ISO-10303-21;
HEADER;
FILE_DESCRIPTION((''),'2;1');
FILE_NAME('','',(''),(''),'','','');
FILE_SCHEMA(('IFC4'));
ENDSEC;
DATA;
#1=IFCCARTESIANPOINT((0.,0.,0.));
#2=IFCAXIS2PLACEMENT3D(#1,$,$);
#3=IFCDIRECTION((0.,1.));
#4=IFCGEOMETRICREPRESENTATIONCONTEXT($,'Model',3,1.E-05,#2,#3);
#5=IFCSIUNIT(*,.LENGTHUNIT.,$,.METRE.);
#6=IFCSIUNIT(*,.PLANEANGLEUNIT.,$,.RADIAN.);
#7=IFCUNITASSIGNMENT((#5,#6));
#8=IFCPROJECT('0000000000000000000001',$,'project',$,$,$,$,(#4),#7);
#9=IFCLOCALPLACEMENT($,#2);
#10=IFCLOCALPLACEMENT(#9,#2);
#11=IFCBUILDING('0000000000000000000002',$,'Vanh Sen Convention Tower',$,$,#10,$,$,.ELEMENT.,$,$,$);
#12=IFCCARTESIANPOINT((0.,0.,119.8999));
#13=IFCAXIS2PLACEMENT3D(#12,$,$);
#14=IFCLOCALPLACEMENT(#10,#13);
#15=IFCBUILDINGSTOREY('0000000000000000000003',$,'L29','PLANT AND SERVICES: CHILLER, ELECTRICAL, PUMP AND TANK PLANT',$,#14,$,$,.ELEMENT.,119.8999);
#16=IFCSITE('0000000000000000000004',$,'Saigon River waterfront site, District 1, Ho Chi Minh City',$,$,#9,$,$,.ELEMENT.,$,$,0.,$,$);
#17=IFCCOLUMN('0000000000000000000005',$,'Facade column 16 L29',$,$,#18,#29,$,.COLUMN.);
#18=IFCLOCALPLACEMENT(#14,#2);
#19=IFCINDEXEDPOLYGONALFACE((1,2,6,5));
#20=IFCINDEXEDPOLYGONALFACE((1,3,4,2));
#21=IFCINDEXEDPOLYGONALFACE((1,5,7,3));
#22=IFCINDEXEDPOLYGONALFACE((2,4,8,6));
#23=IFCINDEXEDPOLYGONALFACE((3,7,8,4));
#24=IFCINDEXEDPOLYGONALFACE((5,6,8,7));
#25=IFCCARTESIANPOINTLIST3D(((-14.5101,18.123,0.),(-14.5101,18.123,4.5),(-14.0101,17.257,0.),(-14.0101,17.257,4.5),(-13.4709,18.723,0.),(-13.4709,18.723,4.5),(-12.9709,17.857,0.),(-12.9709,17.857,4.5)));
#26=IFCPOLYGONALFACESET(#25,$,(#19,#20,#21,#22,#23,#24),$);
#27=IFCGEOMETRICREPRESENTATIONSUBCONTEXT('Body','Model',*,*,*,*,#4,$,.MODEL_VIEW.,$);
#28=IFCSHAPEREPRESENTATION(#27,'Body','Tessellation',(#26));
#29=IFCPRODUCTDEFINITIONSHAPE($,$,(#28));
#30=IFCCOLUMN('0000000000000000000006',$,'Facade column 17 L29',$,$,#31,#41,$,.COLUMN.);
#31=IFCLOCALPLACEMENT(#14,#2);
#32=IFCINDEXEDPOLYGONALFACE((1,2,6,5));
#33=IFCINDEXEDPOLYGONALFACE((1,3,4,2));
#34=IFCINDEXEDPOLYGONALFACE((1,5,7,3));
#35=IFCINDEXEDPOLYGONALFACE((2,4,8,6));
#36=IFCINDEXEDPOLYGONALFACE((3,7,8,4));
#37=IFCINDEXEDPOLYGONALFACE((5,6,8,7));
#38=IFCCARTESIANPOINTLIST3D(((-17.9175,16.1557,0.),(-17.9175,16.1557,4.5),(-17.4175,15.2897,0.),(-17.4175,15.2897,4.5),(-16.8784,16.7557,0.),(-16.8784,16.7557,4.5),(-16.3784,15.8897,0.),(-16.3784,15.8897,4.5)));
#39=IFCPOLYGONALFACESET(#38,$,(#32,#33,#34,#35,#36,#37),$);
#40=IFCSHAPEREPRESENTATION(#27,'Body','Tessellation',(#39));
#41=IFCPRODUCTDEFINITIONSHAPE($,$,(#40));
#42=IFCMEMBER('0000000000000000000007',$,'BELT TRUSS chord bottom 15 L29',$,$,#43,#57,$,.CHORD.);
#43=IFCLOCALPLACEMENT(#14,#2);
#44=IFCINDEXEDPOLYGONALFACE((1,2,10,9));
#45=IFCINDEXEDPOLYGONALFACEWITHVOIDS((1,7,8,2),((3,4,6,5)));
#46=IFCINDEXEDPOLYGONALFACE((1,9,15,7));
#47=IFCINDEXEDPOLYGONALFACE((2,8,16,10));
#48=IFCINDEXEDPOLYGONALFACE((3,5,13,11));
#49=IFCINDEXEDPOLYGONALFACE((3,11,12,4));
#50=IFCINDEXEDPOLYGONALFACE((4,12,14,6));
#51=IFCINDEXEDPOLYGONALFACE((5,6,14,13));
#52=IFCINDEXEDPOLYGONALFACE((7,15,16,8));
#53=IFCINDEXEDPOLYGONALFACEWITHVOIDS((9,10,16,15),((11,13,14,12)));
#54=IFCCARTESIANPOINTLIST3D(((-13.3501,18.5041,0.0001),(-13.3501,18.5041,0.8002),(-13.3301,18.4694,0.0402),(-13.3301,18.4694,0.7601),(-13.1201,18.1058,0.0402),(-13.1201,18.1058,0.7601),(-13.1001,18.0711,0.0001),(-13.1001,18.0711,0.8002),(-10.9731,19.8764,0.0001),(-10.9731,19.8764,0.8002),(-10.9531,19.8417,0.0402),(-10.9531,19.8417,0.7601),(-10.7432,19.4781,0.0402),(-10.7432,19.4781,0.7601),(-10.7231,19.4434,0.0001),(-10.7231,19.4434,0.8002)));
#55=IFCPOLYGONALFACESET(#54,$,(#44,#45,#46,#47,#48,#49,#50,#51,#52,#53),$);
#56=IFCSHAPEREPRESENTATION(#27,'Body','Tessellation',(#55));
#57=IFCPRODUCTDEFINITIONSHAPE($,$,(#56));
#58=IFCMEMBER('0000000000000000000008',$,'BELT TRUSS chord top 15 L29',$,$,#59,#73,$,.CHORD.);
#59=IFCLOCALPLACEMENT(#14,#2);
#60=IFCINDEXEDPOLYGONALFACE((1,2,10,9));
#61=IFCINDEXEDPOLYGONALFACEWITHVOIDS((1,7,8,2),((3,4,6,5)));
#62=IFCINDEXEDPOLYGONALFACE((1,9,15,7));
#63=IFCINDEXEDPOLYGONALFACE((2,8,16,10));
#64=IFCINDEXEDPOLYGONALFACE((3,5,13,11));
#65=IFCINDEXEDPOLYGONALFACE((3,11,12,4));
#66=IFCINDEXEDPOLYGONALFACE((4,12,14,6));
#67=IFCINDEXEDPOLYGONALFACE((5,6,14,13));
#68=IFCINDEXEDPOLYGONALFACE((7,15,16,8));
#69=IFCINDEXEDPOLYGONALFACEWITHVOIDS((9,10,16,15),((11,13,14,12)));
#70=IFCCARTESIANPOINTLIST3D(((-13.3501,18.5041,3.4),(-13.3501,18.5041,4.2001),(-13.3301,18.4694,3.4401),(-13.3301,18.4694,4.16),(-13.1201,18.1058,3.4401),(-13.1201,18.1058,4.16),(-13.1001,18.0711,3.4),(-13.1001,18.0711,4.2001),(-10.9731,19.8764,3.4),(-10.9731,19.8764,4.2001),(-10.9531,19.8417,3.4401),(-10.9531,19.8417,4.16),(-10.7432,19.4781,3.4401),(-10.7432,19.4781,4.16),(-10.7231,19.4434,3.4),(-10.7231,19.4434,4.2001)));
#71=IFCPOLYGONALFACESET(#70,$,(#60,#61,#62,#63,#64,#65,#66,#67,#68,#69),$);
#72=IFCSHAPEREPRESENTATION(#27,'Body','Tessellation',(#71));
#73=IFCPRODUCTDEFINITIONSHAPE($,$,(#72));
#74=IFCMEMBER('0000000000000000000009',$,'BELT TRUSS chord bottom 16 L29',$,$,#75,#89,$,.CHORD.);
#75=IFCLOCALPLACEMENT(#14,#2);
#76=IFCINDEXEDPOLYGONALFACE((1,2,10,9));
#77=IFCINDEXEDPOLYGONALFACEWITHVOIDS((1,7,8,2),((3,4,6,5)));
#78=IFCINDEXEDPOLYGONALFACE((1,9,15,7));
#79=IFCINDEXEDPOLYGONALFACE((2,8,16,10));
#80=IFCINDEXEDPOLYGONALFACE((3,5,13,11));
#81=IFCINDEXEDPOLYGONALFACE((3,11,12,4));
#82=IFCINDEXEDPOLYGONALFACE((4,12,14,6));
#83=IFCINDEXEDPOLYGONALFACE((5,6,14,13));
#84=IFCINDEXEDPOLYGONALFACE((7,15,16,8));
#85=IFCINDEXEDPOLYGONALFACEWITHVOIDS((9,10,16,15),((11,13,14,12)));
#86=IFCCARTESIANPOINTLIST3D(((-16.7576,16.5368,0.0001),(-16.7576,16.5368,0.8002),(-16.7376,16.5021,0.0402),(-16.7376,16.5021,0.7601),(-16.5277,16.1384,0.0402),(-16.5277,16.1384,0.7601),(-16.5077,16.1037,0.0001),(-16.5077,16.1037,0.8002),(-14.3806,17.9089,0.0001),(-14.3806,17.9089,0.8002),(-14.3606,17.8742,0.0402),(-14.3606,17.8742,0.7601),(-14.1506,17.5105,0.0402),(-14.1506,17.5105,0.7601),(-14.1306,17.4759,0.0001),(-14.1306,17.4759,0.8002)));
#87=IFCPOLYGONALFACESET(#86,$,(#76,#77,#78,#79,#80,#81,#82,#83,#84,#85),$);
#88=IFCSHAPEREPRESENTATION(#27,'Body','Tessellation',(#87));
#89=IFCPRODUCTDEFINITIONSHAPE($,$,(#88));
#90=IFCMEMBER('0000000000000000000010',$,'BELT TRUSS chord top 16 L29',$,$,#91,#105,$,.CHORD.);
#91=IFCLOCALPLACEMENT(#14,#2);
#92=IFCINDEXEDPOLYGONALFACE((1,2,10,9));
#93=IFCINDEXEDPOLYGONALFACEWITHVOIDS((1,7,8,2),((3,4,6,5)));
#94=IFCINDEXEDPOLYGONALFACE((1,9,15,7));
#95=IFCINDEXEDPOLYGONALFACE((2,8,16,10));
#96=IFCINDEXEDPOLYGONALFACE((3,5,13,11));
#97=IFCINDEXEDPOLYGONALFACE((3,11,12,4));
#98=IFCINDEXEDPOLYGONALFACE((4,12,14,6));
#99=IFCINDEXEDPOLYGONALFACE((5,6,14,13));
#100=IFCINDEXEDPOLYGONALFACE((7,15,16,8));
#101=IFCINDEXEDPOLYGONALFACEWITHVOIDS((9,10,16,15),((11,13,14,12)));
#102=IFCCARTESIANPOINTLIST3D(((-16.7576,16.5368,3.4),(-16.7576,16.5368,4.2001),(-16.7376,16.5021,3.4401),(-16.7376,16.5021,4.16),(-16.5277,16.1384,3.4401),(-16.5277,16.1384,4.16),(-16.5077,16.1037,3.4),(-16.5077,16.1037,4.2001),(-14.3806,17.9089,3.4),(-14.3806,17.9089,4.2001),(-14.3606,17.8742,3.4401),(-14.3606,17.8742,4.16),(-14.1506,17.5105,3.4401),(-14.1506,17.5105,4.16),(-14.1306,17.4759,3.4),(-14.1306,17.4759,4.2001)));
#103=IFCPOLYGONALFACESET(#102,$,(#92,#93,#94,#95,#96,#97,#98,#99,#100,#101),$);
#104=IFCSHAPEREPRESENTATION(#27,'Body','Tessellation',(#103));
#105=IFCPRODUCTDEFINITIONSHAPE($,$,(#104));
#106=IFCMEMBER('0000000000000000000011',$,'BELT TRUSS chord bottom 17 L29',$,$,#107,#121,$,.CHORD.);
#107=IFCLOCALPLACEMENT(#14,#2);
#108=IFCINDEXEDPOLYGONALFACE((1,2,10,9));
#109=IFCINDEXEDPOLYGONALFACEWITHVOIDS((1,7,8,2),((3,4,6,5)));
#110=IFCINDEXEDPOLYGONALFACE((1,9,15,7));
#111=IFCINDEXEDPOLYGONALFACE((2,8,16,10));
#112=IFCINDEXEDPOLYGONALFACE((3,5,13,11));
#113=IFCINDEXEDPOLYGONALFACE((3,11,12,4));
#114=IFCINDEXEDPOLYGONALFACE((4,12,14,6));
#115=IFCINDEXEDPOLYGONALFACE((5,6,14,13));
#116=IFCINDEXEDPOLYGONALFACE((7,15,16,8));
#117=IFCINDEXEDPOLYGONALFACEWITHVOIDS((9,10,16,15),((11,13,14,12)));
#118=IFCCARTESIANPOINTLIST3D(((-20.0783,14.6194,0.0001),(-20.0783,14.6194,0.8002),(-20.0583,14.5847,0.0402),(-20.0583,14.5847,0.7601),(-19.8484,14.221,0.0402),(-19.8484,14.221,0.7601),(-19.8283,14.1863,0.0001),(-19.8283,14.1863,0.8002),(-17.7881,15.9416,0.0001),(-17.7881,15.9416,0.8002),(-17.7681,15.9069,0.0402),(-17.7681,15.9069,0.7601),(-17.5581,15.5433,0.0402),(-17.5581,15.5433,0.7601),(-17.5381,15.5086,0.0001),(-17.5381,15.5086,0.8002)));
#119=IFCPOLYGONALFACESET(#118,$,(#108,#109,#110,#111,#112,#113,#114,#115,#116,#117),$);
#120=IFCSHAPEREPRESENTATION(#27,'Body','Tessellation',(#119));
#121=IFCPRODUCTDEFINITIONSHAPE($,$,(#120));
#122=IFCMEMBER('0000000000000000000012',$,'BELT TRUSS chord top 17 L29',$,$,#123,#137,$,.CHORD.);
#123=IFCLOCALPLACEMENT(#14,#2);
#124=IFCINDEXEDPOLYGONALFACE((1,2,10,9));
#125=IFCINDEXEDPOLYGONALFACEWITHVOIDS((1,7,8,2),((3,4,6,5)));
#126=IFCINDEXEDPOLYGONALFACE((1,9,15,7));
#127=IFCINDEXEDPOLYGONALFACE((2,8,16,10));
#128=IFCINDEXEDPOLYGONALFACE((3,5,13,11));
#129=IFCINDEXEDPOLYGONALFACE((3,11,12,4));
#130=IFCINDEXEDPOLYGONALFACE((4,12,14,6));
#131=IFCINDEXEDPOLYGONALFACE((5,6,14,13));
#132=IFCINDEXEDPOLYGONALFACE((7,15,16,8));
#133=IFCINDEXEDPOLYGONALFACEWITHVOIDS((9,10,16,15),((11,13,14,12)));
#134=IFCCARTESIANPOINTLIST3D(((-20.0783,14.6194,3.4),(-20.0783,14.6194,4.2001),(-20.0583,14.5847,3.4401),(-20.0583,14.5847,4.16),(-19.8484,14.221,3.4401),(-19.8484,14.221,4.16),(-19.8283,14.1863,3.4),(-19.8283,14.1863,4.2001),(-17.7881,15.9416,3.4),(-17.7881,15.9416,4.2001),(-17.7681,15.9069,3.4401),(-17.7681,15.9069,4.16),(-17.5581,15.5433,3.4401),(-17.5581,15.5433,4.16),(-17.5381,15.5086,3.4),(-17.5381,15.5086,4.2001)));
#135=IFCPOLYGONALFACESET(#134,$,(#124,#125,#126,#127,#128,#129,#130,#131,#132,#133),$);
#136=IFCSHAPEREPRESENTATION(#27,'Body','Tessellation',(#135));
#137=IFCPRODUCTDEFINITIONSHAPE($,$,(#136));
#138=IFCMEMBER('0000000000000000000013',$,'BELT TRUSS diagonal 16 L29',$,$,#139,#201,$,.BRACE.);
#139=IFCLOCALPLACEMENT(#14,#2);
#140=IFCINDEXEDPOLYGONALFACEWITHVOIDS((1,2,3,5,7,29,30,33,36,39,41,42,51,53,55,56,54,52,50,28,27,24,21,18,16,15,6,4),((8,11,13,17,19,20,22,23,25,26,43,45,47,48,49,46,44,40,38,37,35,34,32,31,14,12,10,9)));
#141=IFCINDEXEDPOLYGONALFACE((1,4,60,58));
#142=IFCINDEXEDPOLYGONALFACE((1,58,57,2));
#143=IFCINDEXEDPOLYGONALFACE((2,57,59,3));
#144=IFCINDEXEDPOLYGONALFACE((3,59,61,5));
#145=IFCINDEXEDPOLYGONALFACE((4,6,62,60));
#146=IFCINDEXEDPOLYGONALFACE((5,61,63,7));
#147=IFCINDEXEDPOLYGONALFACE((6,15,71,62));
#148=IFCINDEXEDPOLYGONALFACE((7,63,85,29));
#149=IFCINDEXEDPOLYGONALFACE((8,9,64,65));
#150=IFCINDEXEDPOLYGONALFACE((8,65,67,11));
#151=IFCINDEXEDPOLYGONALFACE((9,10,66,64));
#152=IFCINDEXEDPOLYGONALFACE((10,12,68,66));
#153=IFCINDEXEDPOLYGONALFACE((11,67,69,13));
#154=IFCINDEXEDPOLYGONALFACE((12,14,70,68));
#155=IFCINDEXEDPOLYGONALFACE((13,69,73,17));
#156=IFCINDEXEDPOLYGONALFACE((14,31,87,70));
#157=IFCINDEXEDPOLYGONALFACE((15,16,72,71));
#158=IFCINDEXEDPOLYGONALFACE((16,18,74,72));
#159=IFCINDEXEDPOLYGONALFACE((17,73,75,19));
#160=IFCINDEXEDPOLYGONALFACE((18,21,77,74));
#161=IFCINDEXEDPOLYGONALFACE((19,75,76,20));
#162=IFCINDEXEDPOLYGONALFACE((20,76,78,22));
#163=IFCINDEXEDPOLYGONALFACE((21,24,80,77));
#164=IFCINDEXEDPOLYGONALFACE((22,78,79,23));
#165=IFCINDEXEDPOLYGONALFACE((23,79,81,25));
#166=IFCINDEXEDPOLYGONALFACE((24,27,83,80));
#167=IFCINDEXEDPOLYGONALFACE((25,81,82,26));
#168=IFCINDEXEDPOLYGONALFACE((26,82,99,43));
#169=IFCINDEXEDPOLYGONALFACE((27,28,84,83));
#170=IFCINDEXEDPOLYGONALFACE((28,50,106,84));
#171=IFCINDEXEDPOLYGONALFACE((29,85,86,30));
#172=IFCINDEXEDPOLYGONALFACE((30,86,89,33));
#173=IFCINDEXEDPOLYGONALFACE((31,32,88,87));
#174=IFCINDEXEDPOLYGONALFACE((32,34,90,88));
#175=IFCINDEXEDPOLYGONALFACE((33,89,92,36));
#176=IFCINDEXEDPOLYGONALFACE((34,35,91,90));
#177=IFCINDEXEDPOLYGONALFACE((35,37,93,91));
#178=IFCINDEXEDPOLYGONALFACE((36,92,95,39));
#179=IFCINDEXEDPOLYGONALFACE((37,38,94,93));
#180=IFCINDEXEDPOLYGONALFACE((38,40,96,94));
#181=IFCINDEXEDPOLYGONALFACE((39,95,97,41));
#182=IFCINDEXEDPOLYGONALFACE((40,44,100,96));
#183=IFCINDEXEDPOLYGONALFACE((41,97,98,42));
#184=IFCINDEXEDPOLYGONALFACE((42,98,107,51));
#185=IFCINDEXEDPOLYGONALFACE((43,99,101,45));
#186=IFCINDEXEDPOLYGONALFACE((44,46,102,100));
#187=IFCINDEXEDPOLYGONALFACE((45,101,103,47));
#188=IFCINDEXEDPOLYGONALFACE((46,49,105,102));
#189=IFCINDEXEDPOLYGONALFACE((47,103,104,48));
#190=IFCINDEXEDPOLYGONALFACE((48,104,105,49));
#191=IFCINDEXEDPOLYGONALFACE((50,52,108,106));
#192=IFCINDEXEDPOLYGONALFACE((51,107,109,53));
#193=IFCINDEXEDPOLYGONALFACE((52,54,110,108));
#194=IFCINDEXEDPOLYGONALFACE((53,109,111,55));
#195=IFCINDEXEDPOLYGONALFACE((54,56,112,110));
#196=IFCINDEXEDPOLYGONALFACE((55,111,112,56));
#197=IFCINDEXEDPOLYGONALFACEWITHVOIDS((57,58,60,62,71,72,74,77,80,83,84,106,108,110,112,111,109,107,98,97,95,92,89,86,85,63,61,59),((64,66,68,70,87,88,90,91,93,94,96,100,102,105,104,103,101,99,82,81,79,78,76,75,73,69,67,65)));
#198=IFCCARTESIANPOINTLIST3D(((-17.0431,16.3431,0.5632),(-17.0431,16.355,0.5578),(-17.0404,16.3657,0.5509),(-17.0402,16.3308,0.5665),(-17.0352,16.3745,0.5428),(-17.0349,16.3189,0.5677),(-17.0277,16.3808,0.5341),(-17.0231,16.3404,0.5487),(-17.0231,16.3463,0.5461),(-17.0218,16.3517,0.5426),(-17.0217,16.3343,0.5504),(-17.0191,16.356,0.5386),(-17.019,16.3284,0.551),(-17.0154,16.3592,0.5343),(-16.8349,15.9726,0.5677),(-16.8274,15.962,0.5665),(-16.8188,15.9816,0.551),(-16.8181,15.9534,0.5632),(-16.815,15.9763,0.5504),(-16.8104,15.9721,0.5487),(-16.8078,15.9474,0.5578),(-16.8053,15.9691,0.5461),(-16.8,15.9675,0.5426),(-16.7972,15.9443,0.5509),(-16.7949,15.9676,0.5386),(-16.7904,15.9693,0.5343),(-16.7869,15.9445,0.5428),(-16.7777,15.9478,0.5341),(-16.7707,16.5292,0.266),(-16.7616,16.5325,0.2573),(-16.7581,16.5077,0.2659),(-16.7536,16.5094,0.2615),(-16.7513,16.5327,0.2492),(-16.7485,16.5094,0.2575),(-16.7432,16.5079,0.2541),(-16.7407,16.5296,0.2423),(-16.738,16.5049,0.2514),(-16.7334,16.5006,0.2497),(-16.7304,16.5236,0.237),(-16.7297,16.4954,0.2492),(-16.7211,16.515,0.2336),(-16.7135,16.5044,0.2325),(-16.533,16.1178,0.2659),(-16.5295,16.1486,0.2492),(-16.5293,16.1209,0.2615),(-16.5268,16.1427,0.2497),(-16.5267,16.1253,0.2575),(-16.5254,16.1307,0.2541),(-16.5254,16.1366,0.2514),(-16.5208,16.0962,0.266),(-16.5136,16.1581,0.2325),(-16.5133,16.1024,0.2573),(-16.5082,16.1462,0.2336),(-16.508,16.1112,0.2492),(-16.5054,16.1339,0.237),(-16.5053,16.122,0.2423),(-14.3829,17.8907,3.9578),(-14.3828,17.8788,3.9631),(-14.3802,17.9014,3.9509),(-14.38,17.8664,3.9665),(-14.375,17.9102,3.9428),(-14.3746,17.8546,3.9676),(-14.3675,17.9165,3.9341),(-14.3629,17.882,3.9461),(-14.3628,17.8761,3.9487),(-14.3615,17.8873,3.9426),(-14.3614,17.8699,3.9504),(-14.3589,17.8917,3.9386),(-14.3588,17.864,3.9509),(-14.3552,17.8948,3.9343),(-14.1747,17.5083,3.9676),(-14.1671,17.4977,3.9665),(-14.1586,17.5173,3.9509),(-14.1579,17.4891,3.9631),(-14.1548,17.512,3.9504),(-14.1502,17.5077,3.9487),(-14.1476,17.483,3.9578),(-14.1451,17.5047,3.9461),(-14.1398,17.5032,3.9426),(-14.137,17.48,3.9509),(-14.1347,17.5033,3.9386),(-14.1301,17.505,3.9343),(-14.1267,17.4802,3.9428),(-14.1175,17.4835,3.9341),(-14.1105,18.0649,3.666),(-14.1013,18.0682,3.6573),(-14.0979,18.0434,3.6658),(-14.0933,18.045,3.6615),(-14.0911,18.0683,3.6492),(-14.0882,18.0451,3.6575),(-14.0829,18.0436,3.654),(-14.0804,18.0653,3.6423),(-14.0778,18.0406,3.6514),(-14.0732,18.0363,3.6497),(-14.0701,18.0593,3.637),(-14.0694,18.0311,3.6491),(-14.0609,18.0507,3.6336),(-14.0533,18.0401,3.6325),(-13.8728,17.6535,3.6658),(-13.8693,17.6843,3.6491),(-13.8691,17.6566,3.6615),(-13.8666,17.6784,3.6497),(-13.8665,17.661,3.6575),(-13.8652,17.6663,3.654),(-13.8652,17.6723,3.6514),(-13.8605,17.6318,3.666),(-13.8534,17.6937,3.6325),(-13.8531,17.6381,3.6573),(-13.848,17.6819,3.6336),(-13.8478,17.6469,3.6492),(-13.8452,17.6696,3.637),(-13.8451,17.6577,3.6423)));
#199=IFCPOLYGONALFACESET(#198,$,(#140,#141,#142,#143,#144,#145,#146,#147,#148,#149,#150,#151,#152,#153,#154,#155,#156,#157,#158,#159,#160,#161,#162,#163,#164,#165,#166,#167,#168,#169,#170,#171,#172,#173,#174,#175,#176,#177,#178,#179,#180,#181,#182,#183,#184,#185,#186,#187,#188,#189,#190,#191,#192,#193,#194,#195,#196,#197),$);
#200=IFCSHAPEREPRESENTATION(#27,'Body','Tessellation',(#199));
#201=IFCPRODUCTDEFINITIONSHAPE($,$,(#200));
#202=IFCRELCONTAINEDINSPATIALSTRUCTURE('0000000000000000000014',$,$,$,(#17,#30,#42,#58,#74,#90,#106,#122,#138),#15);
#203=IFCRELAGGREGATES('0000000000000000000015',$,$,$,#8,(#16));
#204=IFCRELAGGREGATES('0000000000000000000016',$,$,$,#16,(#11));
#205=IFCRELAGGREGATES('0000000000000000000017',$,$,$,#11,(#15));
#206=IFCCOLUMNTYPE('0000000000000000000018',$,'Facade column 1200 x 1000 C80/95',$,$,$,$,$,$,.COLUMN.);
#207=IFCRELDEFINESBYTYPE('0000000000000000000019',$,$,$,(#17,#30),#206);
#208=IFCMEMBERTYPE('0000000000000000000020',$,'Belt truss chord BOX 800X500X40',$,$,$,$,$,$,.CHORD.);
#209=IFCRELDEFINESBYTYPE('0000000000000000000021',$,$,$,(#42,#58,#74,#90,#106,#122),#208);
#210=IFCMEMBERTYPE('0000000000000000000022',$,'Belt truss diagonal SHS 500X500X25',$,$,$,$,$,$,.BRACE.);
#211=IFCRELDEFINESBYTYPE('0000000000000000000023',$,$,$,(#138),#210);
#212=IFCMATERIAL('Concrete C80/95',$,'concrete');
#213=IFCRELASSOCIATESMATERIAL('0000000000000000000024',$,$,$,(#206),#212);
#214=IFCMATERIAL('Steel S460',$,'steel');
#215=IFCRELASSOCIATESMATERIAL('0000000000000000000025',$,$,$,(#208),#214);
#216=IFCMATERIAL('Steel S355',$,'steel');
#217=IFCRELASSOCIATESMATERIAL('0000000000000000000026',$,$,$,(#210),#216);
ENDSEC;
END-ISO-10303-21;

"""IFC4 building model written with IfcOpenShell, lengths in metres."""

from ifc_helpers import new_model, si_unit, direction, frame, origin, origin_2d, place, context, subcontext, project, spatial, rectangle, hollow_rectangle, extrude, material, material_profile, profile_set, type_object, element, save


model = new_model("IFC4")

# Units and contexts
model_context = context("Model", 3, precision=1e-05, world=origin(), true_north=direction((0.0, 1.0)))
body_context = subcontext(model_context, "Body", "Model", "MODEL_VIEW")
ifc_project = project(units=[si_unit("LENGTHUNIT", "METRE"), si_unit("PLANEANGLEUNIT", "RADIAN")], contexts=[model_context])

# Site, building, storey
site_placement = place(None, origin())
site = spatial("IfcSite", under=ifc_project, at=site_placement, Name="Saigon River waterfront site, District 1, Ho Chi Minh City", CompositionType="ELEMENT", RefElevation=0.0)
building_placement = place(site_placement, origin())
building = spatial("IfcBuilding", under=site, at=building_placement, Name="Vanh Sen Convention Tower", CompositionType="ELEMENT")
storey_placement = place(building_placement, frame((0.0, 0.0, 119.8999)))
storey = spatial("IfcBuildingStorey", under=building, at=storey_placement, Name="L29", Description="PLANT AND SERVICES: CHILLER, ELECTRICAL, PUMP AND TANK PLANT", CompositionType="ELEMENT", Elevation=119.8999)

# Columns
ifc_material_1 = material(Name="Concrete C80/95", Category="concrete")
ifc_material_profile_1 = material_profile(ifc_material_1, rectangle(XDim=1.2, YDim=1.0, at=origin_2d()), Name="RC 1200X1000")
ifc_profile_set_1 = profile_set([ifc_material_profile_1], Name="Concrete C80/95")
column_type = type_object("IfcColumnType", Name="Facade column 1200 x 1000 C80/95", PredefinedType="COLUMN", material=ifc_profile_set_1)
for number, where, z_axis, x_axis, name in (
    (1, (-13.7405, 17.99, 0.0), (0.0, 0.0, 1.0), (-0.866025, -0.5, 0.0), "Facade column 16 L29"),
    (2, (-17.1479, 16.0227, 0.0), (0.0, 0.0, 1.0), (-0.866025, -0.5, 0.0), "Facade column 17 L29"),
):
    element("IfcColumn", number, at=place(storey_placement, frame(where, z_axis=z_axis, x_axis=x_axis)), inside=storey, type_object=column_type, Name=name, PredefinedType="COLUMN", context=body_context, shape_type="SweptSolid", body=[
        extrude(rectangle(XDim=1.2, YDim=1.0, at=origin_2d()), origin(), (0.0, 0.0, 1.0), 4.5),
    ])

# Members
ifc_material_2 = material(Name="Steel S460", Category="steel")
ifc_material_profile_2 = material_profile(ifc_material_2, hollow_rectangle(XDim=0.5, YDim=0.8, WallThickness=0.04, at=origin_2d()), Name="BOX 800X500X40")
ifc_profile_set_2 = profile_set([ifc_material_profile_2], Name="Steel S460")
member_type_1 = type_object("IfcMemberType", Name="Belt truss chord BOX 800X500X40", PredefinedType="CHORD", material=ifc_profile_set_2)
for number, where, z_axis, x_axis, name in (
    (3, (-10.8481, 19.6599, 0.4001), (-0.866029, -0.499995, 0.0), (0.499995, -0.866029, 0.0), "BELT TRUSS chord bottom 15 L29"),
    (4, (-10.8481, 19.6599, 3.8), (-0.866029, -0.499995, 0.0), (0.499995, -0.866029, 0.0), "BELT TRUSS chord top 15 L29"),
    (5, (-14.2556, 17.6924, 0.4001), (-0.866067, -0.499928, 0.0), (0.499928, -0.866067, 0.0), "BELT TRUSS chord bottom 16 L29"),
    (6, (-14.2556, 17.6924, 3.8), (-0.866067, -0.499928, 0.0), (0.499928, -0.866067, 0.0), "BELT TRUSS chord top 16 L29"),
):
    element("IfcMember", number, at=place(storey_placement, frame(where, z_axis=z_axis, x_axis=x_axis)), inside=storey, type_object=member_type_1, Name=name, PredefinedType="CHORD", context=body_context, shape_type="SweptSolid", body=[
        extrude(hollow_rectangle(XDim=0.5, YDim=0.8, WallThickness=0.04, at=origin_2d()), origin(), (0.0, 0.0, 1.0), 2.7446),
    ])
for number, where, z_axis, x_axis, name in (
    (7, (-17.6631, 15.7251, 0.4001), (-0.86603, -0.499991, 0.0), (0.499991, -0.86603, 0.0), "BELT TRUSS chord bottom 17 L29"),
    (8, (-17.6631, 15.7251, 3.8), (-0.86603, -0.499991, 0.0), (0.499991, -0.86603, 0.0), "BELT TRUSS chord top 17 L29"),
):
    element("IfcMember", number, at=place(storey_placement, frame(where, z_axis=z_axis, x_axis=x_axis)), inside=storey, type_object=member_type_1, Name=name, PredefinedType="CHORD", context=body_context, shape_type="SweptSolid", body=[
        extrude(hollow_rectangle(XDim=0.5, YDim=0.8, WallThickness=0.04, at=origin_2d()), origin(), (0.0, 0.0, 1.0), 2.6445),
    ])
ifc_material_3 = material(Name="Steel S355", Category="steel")
ifc_material_profile_3 = material_profile(ifc_material_3, hollow_rectangle(XDim=0.5, YDim=0.5, WallThickness=0.0249, InnerFilletRadius=0.0249, OuterFilletRadius=0.05, at=origin_2d()), Name="SHS 500X500X25")
ifc_profile_set_3 = profile_set([ifc_material_profile_3], Name="Steel S355")
member_type_2 = type_object("IfcMemberType", Name="Belt truss diagonal SHS 500X500X25", PredefinedType="BRACE", material=ifc_profile_set_3)
member_1_placement = place(storey_placement, frame((-14.114, 17.7742, 3.8), z_axis=(-0.580577, -0.335153, -0.742026), x_axis=(0.499952, -0.866053, 0.0)))
element("IfcMember", 9, at=member_1_placement, inside=storey, type_object=member_type_2, Name="BELT TRUSS diagonal 16 L29", PredefinedType="BRACE", context=body_context, shape_type="SweptSolid", body=[
    extrude(hollow_rectangle(XDim=0.5, YDim=0.5, WallThickness=0.0249, InnerFilletRadius=0.0249, OuterFilletRadius=0.05, at=origin_2d()), origin(), (0.0, 0.0, 1.0), 4.582),
])

save(model, "model.ifc")
